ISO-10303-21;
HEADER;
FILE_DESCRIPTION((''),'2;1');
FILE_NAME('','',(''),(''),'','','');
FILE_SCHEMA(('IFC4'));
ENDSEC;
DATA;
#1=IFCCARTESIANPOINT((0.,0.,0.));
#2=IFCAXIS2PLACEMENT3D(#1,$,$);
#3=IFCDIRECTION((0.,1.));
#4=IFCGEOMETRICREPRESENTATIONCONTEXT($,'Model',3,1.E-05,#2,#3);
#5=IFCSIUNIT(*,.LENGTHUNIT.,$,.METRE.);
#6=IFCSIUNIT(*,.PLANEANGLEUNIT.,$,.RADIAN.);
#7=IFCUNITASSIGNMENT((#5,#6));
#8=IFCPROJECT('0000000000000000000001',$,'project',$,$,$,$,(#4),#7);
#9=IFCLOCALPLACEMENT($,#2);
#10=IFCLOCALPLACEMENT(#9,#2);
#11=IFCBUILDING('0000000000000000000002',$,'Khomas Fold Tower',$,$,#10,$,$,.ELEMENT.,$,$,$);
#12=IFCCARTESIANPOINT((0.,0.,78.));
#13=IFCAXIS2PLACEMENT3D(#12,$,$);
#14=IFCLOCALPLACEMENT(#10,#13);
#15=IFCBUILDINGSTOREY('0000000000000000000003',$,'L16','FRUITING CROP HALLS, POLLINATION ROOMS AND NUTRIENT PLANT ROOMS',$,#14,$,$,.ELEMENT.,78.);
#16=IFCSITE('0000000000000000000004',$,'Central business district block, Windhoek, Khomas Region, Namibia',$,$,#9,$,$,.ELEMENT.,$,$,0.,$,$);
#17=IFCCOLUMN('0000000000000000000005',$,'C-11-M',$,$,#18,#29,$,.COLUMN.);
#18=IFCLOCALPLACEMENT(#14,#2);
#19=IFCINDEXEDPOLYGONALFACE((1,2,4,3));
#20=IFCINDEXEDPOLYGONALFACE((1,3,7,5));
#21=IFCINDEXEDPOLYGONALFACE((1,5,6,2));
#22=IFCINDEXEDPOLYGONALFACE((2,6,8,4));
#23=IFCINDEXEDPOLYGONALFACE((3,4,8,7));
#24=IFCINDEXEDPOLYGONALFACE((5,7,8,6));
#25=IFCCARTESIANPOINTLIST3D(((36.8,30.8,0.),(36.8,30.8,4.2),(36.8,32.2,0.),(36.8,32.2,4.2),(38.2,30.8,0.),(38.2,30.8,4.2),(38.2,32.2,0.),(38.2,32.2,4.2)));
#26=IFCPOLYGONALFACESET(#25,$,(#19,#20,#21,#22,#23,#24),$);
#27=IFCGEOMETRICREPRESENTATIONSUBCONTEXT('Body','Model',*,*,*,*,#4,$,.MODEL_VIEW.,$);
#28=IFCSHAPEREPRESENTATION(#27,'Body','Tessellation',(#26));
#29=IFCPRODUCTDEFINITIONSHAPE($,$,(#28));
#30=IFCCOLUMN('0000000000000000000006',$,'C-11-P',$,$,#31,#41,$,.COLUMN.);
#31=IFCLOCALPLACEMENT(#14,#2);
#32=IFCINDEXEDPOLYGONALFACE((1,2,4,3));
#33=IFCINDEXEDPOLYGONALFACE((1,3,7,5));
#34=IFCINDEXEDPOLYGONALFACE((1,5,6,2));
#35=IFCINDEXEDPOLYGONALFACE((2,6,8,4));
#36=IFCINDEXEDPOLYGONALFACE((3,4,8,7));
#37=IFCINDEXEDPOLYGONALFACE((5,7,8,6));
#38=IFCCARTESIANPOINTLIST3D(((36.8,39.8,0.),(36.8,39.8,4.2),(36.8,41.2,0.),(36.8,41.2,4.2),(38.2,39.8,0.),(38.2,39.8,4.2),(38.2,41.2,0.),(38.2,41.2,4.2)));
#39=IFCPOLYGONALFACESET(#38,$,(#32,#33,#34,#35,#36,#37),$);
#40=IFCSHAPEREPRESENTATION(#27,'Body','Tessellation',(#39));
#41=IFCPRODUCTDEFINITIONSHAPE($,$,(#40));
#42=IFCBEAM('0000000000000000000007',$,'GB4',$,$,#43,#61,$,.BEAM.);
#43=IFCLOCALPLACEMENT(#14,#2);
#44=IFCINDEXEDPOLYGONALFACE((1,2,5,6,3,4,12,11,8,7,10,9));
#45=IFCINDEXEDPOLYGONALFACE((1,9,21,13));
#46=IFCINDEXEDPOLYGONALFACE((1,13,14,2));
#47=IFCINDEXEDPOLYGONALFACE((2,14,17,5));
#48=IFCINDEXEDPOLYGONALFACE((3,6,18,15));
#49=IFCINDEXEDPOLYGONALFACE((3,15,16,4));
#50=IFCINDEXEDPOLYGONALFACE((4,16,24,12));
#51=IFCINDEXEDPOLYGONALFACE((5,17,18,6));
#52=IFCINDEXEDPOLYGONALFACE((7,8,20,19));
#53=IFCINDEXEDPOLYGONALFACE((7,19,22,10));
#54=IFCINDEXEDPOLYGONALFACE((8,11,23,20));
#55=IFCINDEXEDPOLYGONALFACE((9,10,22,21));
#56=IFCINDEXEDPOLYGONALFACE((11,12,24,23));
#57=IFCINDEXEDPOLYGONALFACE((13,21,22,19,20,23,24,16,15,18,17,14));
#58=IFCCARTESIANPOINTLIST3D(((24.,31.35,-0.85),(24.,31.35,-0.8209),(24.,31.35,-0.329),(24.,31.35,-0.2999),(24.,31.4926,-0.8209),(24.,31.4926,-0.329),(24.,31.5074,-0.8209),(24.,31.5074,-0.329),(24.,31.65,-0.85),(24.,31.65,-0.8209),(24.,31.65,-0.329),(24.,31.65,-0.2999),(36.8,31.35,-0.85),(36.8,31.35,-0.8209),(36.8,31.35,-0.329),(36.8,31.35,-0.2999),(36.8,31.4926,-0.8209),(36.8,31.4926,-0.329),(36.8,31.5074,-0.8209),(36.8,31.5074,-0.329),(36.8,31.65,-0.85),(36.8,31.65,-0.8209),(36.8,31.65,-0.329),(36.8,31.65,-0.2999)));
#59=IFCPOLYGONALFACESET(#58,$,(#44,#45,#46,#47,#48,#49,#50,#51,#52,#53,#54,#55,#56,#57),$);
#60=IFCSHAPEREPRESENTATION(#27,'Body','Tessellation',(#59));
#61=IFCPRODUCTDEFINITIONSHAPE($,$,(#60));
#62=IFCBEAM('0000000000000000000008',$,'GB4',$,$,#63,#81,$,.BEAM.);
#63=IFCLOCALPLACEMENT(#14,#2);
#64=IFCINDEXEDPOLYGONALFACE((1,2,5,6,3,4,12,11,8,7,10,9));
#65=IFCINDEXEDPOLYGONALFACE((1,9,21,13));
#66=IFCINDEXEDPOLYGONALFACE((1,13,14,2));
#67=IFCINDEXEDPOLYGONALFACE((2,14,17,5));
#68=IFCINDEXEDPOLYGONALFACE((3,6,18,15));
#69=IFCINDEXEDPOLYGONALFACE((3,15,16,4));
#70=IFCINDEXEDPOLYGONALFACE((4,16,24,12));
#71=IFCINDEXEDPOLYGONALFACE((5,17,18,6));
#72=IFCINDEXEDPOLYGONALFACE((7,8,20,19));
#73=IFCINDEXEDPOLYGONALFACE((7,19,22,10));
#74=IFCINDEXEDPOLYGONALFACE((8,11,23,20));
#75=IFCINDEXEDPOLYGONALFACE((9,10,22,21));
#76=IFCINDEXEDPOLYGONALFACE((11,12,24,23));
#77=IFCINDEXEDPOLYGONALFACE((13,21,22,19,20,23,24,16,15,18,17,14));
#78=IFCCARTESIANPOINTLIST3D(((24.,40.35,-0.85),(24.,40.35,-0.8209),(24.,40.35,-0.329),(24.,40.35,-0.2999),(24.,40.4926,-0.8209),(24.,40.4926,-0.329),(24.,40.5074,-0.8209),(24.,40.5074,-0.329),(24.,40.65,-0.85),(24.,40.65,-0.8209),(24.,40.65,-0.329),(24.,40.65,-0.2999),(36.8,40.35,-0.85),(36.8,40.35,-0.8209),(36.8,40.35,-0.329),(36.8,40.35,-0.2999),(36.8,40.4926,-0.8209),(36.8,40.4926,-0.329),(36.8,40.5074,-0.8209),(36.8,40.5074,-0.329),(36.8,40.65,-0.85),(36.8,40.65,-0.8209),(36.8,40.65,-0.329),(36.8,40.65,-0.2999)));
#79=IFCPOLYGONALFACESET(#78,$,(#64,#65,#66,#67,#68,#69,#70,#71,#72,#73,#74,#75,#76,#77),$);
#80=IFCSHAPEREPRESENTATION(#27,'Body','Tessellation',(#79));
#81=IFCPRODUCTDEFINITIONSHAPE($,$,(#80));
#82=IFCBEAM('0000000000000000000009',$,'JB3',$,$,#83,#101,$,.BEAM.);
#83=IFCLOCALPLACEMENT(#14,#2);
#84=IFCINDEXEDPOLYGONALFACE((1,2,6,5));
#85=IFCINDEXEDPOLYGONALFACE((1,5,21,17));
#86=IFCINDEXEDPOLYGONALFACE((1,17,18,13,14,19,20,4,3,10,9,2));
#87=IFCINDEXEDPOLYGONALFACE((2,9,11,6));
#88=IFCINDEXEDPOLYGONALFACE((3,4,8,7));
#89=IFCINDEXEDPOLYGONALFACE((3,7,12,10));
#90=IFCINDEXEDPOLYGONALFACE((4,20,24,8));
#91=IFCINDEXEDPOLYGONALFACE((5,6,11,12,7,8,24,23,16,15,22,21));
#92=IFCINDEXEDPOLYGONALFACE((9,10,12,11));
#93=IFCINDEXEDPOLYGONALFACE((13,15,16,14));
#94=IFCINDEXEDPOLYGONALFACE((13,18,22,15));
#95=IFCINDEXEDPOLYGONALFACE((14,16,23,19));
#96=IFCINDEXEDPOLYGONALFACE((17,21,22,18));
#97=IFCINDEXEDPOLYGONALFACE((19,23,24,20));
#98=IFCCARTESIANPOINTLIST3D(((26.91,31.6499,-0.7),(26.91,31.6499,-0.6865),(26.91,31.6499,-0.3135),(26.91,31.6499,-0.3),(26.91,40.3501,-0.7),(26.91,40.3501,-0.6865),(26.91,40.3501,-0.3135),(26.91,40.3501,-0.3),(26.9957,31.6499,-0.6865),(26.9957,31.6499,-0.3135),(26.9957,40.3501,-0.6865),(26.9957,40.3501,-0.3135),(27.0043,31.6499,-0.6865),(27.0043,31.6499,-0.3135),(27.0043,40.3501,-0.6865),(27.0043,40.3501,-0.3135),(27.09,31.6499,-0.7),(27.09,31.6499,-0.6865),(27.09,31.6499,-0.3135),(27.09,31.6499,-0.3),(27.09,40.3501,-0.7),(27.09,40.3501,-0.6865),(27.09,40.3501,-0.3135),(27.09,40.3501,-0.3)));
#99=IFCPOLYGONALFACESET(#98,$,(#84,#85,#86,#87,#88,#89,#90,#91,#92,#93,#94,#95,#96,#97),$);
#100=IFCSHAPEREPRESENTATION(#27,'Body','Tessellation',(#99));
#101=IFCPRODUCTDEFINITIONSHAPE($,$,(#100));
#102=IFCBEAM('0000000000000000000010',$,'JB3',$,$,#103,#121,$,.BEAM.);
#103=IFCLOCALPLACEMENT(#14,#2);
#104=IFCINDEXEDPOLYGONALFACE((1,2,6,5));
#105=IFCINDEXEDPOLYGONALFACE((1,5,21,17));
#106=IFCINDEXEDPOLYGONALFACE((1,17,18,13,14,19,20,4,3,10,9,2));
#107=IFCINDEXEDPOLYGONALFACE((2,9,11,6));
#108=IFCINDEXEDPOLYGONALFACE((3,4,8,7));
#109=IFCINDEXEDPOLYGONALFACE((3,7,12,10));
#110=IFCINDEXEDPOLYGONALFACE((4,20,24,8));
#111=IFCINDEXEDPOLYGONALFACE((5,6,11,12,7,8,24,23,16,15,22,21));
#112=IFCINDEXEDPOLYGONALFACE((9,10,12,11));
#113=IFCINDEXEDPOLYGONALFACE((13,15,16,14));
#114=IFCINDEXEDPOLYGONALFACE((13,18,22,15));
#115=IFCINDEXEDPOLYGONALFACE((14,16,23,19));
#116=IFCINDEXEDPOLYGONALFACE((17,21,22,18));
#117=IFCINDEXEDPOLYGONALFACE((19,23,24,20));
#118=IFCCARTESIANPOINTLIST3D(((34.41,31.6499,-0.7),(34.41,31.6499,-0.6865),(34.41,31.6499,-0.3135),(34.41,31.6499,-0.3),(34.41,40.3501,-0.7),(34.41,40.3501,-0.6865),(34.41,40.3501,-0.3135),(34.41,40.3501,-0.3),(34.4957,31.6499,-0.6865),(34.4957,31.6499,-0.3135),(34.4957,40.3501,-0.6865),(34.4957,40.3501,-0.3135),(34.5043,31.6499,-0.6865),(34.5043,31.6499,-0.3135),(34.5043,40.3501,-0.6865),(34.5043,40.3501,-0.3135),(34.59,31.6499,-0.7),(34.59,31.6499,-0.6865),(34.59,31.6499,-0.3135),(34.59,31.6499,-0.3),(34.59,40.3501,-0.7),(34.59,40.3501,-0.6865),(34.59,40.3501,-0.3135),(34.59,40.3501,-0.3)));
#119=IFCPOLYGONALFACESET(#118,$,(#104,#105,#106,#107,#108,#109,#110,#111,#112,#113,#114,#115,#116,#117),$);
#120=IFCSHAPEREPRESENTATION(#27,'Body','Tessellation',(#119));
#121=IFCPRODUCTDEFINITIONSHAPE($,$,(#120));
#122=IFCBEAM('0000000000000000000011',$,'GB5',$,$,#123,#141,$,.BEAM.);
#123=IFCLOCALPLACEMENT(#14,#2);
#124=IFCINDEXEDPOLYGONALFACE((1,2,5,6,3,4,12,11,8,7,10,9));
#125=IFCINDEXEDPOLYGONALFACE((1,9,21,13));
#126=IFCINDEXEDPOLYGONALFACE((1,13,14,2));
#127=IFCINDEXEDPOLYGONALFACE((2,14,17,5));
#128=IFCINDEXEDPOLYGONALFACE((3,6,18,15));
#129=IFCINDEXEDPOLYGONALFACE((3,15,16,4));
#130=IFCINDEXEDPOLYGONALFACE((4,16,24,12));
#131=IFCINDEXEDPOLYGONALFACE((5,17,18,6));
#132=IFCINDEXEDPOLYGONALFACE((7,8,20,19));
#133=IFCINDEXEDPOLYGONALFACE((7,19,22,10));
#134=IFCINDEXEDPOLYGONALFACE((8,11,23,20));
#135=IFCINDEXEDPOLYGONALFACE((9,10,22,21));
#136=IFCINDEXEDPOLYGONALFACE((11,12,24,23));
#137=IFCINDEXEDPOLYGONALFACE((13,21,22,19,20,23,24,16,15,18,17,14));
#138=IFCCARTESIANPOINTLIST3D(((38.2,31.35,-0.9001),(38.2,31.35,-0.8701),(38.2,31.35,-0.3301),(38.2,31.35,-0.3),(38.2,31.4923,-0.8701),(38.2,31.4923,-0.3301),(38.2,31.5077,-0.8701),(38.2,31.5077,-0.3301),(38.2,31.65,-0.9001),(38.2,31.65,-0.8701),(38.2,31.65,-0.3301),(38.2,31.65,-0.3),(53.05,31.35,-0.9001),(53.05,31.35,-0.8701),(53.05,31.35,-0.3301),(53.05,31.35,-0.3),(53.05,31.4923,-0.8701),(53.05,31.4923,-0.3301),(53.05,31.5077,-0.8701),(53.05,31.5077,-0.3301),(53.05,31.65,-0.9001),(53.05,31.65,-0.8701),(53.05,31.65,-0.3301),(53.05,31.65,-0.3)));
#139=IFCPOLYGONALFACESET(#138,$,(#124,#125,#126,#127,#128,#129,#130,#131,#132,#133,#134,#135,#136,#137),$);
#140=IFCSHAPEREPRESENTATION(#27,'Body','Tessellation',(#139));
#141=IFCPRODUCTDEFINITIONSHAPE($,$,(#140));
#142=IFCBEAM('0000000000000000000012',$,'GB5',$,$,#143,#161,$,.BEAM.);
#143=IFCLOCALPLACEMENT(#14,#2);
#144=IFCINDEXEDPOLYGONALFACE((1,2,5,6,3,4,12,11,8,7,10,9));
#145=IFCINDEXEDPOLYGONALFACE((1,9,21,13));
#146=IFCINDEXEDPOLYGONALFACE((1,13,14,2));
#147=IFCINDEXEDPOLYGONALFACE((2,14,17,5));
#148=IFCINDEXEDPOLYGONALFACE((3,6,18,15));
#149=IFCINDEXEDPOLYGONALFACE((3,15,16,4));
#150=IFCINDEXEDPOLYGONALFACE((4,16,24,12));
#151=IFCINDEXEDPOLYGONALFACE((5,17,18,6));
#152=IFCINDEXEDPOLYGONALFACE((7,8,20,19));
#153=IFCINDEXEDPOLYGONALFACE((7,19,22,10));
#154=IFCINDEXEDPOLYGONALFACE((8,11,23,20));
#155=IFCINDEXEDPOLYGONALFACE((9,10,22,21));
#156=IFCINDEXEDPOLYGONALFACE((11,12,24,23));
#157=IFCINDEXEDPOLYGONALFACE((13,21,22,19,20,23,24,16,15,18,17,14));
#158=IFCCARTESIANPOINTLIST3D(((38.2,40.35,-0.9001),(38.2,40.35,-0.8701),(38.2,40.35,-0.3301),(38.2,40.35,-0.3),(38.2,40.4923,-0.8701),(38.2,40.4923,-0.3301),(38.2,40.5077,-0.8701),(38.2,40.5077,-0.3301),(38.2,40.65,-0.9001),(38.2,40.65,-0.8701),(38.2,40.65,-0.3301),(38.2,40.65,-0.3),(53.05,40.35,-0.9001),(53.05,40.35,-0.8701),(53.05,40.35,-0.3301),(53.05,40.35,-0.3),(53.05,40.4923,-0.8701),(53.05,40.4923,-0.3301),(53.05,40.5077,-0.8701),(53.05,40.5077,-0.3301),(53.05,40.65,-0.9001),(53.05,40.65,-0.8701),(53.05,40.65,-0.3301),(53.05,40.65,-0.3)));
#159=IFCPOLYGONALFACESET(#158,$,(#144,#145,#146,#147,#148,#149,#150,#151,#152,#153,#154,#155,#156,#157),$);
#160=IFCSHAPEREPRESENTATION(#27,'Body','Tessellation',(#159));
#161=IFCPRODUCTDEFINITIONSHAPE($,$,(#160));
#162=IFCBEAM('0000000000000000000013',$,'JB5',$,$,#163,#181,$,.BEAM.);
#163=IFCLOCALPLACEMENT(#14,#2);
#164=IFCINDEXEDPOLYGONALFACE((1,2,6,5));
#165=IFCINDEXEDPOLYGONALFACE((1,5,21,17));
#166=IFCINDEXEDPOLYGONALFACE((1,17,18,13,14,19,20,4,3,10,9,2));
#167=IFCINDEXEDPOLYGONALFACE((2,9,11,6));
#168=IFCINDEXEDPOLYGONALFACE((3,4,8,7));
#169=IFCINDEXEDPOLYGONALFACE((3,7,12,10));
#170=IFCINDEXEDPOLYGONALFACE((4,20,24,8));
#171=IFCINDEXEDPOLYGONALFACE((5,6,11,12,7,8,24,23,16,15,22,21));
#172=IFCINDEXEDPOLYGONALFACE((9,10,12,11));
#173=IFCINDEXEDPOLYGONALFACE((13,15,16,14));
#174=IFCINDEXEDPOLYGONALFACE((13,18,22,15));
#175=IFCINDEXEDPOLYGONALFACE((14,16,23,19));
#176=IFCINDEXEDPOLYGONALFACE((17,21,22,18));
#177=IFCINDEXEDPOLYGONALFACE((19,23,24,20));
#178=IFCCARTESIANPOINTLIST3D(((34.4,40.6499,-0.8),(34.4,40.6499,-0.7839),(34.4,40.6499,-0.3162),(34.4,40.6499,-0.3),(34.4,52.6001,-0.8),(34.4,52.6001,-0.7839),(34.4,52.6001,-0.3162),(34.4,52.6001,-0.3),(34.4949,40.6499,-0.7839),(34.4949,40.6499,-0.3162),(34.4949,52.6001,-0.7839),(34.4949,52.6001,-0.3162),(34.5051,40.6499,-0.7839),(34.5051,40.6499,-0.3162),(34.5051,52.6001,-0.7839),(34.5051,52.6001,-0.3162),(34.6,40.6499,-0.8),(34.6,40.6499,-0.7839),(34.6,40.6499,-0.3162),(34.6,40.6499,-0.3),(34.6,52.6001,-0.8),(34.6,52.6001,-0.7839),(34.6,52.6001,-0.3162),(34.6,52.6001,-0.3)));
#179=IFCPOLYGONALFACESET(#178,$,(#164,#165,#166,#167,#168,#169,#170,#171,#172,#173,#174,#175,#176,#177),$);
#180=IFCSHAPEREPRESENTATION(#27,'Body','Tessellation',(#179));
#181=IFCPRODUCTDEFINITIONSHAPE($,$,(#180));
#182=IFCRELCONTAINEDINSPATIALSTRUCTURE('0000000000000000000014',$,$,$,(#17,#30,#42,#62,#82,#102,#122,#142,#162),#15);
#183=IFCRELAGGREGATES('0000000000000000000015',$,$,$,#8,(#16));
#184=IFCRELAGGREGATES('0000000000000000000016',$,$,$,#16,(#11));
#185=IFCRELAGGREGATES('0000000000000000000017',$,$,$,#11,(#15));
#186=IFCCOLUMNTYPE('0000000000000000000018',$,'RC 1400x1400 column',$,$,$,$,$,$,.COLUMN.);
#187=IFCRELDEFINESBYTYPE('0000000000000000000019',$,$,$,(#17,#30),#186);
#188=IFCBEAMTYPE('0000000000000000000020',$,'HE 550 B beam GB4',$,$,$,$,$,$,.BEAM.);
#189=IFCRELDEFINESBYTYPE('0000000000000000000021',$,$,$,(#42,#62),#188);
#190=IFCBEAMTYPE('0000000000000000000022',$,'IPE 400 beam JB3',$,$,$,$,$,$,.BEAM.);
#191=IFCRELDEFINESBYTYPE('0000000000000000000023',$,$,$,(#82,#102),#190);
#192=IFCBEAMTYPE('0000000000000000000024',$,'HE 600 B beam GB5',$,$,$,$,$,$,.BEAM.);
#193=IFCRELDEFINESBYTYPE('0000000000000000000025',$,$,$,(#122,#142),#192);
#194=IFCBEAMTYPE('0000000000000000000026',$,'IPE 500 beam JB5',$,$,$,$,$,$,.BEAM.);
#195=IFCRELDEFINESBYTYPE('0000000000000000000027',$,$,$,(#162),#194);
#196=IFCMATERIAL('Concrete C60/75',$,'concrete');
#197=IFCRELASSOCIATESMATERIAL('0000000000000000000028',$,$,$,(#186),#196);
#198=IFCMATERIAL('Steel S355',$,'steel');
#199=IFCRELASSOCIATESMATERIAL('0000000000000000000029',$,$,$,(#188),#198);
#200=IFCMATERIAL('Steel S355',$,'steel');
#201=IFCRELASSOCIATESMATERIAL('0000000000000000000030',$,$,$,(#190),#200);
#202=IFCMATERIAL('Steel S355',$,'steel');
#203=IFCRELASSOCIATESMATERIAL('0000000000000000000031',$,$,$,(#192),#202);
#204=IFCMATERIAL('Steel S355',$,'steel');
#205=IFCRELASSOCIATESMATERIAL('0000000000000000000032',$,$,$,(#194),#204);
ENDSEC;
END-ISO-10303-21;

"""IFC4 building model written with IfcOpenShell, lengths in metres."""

from ifc_helpers import new_model, si_unit, direction, frame, origin, origin_2d, place, context, subcontext, project, spatial, rectangle, i_section, extrude, source, transform, mapped, material, material_profile, profile_set, type_object, element, save


model = new_model("IFC4")

# Units and contexts
model_context = context("Model", 3, precision=1e-05, world=origin(), true_north=direction((0.0, 1.0)))
body_context = subcontext(model_context, "Body", "Model", "MODEL_VIEW")
ifc_project = project(units=[si_unit("LENGTHUNIT", "METRE"), si_unit("PLANEANGLEUNIT", "RADIAN")], contexts=[model_context])

# Site, building, storey
site_placement = place(None, origin())
site = spatial("IfcSite", under=ifc_project, at=site_placement, Name="Central business district block, Windhoek, Khomas Region, Namibia", CompositionType="ELEMENT", RefElevation=0.0)
building_placement = place(site_placement, origin())
building = spatial("IfcBuilding", under=site, at=building_placement, Name="Khomas Fold Tower", CompositionType="ELEMENT")
storey_placement = place(building_placement, frame((0.0, 0.0, 78.0)))
storey = spatial("IfcBuildingStorey", under=building, at=storey_placement, Name="L16", Description="FRUITING CROP HALLS, POLLINATION ROOMS AND NUTRIENT PLANT ROOMS", CompositionType="ELEMENT", Elevation=78.0)

# Columns
ifc_material_1 = material(Name="Concrete C60/75", Category="concrete")
ifc_material_profile_1 = material_profile(ifc_material_1, rectangle(XDim=1.3999, YDim=1.3999, at=origin_2d()), Name="RC 1400x1400")
ifc_profile_set_1 = profile_set([ifc_material_profile_1], Name="Concrete C60/75")
column_type = type_object("IfcColumnType", Name="RC 1400x1400 column", PredefinedType="COLUMN", material=ifc_profile_set_1)
shared_shape_1 = source(origin(), body_context, "Body", "SweptSolid", [
    extrude(rectangle(XDim=1.3999, YDim=1.3999, at=origin_2d()), origin(), (0.0, 0.0, 1.0), 4.2),
])
for number, where, z_axis, x_axis, name in (
    (1, (37.5, 31.5, 0.0), (0.0, 0.0, 1.0), (1.0, 0.0, 0.0), "C-11-M"),
    (2, (37.5, 40.5, 0.0), (0.0, 0.0, 1.0), (1.0, 0.0, 0.0), "C-11-P"),
):
    element("IfcColumn", number, at=place(storey_placement, frame(where, z_axis=z_axis, x_axis=x_axis)), inside=storey, type_object=column_type, Name=name, PredefinedType="COLUMN", context=body_context, shape_type="MappedRepresentation", body=[
        mapped(shared_shape_1, transform((0.0, 0.0, 0.0))),
    ])

# Beams
ifc_material_2 = material(Name="Steel S355", Category="steel")
ifc_material_profile_2 = material_profile(ifc_material_2, i_section(OverallWidth=0.3, OverallDepth=0.55, WebThickness=0.0149, FlangeThickness=0.0291, at=origin_2d()), Name="HE 550 B")
ifc_profile_set_2 = profile_set([ifc_material_profile_2], Name="Steel S355")
beam_type_1 = type_object("IfcBeamType", Name="HE 550 B beam GB4", PredefinedType="BEAM", material=ifc_profile_set_2)
shared_shape_2 = source(origin(), body_context, "Body", "SweptSolid", [
    extrude(i_section(OverallWidth=0.3, OverallDepth=0.55, WebThickness=0.0149, FlangeThickness=0.0291, at=origin_2d()), origin(), (0.0, 0.0, 1.0), 12.8),
])
for number, where, z_axis, x_axis, name in (
    (3, (24.0, 31.5, -0.575), (1.0, 0.0, 0.0), (0.0, 1.0, 0.0), "GB4"),
    (4, (24.0, 40.5, -0.575), (1.0, 0.0, 0.0), (0.0, 1.0, 0.0), "GB4"),
):
    element("IfcBeam", number, at=place(storey_placement, frame(where, z_axis=z_axis, x_axis=x_axis)), inside=storey, type_object=beam_type_1, Name=name, PredefinedType="BEAM", context=body_context, shape_type="MappedRepresentation", body=[
        mapped(shared_shape_2, transform((0.0, 0.0, 0.0))),
    ])
ifc_material_3 = material(Name="Steel S355", Category="steel")
ifc_material_profile_3 = material_profile(ifc_material_3, i_section(OverallWidth=0.1799, OverallDepth=0.3999, WebThickness=0.0085, FlangeThickness=0.0134, at=origin_2d()), Name="IPE 400")
ifc_profile_set_3 = profile_set([ifc_material_profile_3], Name="Steel S355")
beam_type_2 = type_object("IfcBeamType", Name="IPE 400 beam JB3", PredefinedType="BEAM", material=ifc_profile_set_3)
shared_shape_3 = source(origin(), body_context, "Body", "SweptSolid", [
    extrude(i_section(OverallWidth=0.1799, OverallDepth=0.3999, WebThickness=0.0085, FlangeThickness=0.0134, at=origin_2d()), origin(), (0.0, 0.0, 1.0), 8.7002),
])
for number, where, z_axis, x_axis, name in (
    (5, (27.0, 31.6499, -0.5), (0.0, 1.0, 0.0), (-1.0, 0.0, 0.0), "JB3"),
    (6, (34.5, 31.6499, -0.5), (0.0, 1.0, 0.0), (-1.0, 0.0, 0.0), "JB3"),
):
    element("IfcBeam", number, at=place(storey_placement, frame(where, z_axis=z_axis, x_axis=x_axis)), inside=storey, type_object=beam_type_2, Name=name, PredefinedType="BEAM", context=body_context, shape_type="MappedRepresentation", body=[
        mapped(shared_shape_3, transform((0.0, 0.0, 0.0))),
    ])
ifc_material_4 = material(Name="Steel S355", Category="steel")
ifc_material_profile_4 = material_profile(ifc_material_4, i_section(OverallWidth=0.3, OverallDepth=0.6001, WebThickness=0.0154, FlangeThickness=0.03, at=origin_2d()), Name="HE 600 B")
ifc_profile_set_4 = profile_set([ifc_material_profile_4], Name="Steel S355")
beam_type_3 = type_object("IfcBeamType", Name="HE 600 B beam GB5", PredefinedType="BEAM", material=ifc_profile_set_4)
shared_shape_4 = source(origin(), body_context, "Body", "SweptSolid", [
    extrude(i_section(OverallWidth=0.3, OverallDepth=0.6001, WebThickness=0.0154, FlangeThickness=0.03, at=origin_2d()), origin(), (0.0, 0.0, 1.0), 14.8501),
])
for number, where, z_axis, x_axis, name in (
    (7, (38.2, 31.5, -0.6001), (1.0, 0.0, 0.0), (0.0, 1.0, 0.0), "GB5"),
    (8, (38.2, 40.5, -0.6001), (1.0, 0.0, 0.0), (0.0, 1.0, 0.0), "GB5"),
):
    element("IfcBeam", number, at=place(storey_placement, frame(where, z_axis=z_axis, x_axis=x_axis)), inside=storey, type_object=beam_type_3, Name=name, PredefinedType="BEAM", context=body_context, shape_type="MappedRepresentation", body=[
        mapped(shared_shape_4, transform((0.0, 0.0, 0.0))),
    ])
ifc_material_5 = material(Name="Steel S355", Category="steel")
ifc_material_profile_5 = material_profile(ifc_material_5, i_section(OverallWidth=0.2, OverallDepth=0.5, WebThickness=0.0103, FlangeThickness=0.0161, at=origin_2d()), Name="IPE 500")
ifc_profile_set_5 = profile_set([ifc_material_profile_5], Name="Steel S355")
beam_type_4 = type_object("IfcBeamType", Name="IPE 500 beam JB5", PredefinedType="BEAM", material=ifc_profile_set_5)
shared_shape_5 = source(origin(), body_context, "Body", "SweptSolid", [
    extrude(i_section(OverallWidth=0.2, OverallDepth=0.5, WebThickness=0.0103, FlangeThickness=0.0161, at=origin_2d()), origin(), (0.0, 0.0, 1.0), 11.9502),
])
beam_1_placement = place(storey_placement, frame((34.5, 40.6499, -0.55), z_axis=(0.0, 1.0, 0.0), x_axis=(-1.0, 0.0, 0.0)))
element("IfcBeam", 9, at=beam_1_placement, inside=storey, type_object=beam_type_4, Name="JB5", PredefinedType="BEAM", context=body_context, shape_type="MappedRepresentation", body=[
    mapped(shared_shape_5, transform((0.0, 0.0, 0.0))),
])

save(model, "model.ifc")
